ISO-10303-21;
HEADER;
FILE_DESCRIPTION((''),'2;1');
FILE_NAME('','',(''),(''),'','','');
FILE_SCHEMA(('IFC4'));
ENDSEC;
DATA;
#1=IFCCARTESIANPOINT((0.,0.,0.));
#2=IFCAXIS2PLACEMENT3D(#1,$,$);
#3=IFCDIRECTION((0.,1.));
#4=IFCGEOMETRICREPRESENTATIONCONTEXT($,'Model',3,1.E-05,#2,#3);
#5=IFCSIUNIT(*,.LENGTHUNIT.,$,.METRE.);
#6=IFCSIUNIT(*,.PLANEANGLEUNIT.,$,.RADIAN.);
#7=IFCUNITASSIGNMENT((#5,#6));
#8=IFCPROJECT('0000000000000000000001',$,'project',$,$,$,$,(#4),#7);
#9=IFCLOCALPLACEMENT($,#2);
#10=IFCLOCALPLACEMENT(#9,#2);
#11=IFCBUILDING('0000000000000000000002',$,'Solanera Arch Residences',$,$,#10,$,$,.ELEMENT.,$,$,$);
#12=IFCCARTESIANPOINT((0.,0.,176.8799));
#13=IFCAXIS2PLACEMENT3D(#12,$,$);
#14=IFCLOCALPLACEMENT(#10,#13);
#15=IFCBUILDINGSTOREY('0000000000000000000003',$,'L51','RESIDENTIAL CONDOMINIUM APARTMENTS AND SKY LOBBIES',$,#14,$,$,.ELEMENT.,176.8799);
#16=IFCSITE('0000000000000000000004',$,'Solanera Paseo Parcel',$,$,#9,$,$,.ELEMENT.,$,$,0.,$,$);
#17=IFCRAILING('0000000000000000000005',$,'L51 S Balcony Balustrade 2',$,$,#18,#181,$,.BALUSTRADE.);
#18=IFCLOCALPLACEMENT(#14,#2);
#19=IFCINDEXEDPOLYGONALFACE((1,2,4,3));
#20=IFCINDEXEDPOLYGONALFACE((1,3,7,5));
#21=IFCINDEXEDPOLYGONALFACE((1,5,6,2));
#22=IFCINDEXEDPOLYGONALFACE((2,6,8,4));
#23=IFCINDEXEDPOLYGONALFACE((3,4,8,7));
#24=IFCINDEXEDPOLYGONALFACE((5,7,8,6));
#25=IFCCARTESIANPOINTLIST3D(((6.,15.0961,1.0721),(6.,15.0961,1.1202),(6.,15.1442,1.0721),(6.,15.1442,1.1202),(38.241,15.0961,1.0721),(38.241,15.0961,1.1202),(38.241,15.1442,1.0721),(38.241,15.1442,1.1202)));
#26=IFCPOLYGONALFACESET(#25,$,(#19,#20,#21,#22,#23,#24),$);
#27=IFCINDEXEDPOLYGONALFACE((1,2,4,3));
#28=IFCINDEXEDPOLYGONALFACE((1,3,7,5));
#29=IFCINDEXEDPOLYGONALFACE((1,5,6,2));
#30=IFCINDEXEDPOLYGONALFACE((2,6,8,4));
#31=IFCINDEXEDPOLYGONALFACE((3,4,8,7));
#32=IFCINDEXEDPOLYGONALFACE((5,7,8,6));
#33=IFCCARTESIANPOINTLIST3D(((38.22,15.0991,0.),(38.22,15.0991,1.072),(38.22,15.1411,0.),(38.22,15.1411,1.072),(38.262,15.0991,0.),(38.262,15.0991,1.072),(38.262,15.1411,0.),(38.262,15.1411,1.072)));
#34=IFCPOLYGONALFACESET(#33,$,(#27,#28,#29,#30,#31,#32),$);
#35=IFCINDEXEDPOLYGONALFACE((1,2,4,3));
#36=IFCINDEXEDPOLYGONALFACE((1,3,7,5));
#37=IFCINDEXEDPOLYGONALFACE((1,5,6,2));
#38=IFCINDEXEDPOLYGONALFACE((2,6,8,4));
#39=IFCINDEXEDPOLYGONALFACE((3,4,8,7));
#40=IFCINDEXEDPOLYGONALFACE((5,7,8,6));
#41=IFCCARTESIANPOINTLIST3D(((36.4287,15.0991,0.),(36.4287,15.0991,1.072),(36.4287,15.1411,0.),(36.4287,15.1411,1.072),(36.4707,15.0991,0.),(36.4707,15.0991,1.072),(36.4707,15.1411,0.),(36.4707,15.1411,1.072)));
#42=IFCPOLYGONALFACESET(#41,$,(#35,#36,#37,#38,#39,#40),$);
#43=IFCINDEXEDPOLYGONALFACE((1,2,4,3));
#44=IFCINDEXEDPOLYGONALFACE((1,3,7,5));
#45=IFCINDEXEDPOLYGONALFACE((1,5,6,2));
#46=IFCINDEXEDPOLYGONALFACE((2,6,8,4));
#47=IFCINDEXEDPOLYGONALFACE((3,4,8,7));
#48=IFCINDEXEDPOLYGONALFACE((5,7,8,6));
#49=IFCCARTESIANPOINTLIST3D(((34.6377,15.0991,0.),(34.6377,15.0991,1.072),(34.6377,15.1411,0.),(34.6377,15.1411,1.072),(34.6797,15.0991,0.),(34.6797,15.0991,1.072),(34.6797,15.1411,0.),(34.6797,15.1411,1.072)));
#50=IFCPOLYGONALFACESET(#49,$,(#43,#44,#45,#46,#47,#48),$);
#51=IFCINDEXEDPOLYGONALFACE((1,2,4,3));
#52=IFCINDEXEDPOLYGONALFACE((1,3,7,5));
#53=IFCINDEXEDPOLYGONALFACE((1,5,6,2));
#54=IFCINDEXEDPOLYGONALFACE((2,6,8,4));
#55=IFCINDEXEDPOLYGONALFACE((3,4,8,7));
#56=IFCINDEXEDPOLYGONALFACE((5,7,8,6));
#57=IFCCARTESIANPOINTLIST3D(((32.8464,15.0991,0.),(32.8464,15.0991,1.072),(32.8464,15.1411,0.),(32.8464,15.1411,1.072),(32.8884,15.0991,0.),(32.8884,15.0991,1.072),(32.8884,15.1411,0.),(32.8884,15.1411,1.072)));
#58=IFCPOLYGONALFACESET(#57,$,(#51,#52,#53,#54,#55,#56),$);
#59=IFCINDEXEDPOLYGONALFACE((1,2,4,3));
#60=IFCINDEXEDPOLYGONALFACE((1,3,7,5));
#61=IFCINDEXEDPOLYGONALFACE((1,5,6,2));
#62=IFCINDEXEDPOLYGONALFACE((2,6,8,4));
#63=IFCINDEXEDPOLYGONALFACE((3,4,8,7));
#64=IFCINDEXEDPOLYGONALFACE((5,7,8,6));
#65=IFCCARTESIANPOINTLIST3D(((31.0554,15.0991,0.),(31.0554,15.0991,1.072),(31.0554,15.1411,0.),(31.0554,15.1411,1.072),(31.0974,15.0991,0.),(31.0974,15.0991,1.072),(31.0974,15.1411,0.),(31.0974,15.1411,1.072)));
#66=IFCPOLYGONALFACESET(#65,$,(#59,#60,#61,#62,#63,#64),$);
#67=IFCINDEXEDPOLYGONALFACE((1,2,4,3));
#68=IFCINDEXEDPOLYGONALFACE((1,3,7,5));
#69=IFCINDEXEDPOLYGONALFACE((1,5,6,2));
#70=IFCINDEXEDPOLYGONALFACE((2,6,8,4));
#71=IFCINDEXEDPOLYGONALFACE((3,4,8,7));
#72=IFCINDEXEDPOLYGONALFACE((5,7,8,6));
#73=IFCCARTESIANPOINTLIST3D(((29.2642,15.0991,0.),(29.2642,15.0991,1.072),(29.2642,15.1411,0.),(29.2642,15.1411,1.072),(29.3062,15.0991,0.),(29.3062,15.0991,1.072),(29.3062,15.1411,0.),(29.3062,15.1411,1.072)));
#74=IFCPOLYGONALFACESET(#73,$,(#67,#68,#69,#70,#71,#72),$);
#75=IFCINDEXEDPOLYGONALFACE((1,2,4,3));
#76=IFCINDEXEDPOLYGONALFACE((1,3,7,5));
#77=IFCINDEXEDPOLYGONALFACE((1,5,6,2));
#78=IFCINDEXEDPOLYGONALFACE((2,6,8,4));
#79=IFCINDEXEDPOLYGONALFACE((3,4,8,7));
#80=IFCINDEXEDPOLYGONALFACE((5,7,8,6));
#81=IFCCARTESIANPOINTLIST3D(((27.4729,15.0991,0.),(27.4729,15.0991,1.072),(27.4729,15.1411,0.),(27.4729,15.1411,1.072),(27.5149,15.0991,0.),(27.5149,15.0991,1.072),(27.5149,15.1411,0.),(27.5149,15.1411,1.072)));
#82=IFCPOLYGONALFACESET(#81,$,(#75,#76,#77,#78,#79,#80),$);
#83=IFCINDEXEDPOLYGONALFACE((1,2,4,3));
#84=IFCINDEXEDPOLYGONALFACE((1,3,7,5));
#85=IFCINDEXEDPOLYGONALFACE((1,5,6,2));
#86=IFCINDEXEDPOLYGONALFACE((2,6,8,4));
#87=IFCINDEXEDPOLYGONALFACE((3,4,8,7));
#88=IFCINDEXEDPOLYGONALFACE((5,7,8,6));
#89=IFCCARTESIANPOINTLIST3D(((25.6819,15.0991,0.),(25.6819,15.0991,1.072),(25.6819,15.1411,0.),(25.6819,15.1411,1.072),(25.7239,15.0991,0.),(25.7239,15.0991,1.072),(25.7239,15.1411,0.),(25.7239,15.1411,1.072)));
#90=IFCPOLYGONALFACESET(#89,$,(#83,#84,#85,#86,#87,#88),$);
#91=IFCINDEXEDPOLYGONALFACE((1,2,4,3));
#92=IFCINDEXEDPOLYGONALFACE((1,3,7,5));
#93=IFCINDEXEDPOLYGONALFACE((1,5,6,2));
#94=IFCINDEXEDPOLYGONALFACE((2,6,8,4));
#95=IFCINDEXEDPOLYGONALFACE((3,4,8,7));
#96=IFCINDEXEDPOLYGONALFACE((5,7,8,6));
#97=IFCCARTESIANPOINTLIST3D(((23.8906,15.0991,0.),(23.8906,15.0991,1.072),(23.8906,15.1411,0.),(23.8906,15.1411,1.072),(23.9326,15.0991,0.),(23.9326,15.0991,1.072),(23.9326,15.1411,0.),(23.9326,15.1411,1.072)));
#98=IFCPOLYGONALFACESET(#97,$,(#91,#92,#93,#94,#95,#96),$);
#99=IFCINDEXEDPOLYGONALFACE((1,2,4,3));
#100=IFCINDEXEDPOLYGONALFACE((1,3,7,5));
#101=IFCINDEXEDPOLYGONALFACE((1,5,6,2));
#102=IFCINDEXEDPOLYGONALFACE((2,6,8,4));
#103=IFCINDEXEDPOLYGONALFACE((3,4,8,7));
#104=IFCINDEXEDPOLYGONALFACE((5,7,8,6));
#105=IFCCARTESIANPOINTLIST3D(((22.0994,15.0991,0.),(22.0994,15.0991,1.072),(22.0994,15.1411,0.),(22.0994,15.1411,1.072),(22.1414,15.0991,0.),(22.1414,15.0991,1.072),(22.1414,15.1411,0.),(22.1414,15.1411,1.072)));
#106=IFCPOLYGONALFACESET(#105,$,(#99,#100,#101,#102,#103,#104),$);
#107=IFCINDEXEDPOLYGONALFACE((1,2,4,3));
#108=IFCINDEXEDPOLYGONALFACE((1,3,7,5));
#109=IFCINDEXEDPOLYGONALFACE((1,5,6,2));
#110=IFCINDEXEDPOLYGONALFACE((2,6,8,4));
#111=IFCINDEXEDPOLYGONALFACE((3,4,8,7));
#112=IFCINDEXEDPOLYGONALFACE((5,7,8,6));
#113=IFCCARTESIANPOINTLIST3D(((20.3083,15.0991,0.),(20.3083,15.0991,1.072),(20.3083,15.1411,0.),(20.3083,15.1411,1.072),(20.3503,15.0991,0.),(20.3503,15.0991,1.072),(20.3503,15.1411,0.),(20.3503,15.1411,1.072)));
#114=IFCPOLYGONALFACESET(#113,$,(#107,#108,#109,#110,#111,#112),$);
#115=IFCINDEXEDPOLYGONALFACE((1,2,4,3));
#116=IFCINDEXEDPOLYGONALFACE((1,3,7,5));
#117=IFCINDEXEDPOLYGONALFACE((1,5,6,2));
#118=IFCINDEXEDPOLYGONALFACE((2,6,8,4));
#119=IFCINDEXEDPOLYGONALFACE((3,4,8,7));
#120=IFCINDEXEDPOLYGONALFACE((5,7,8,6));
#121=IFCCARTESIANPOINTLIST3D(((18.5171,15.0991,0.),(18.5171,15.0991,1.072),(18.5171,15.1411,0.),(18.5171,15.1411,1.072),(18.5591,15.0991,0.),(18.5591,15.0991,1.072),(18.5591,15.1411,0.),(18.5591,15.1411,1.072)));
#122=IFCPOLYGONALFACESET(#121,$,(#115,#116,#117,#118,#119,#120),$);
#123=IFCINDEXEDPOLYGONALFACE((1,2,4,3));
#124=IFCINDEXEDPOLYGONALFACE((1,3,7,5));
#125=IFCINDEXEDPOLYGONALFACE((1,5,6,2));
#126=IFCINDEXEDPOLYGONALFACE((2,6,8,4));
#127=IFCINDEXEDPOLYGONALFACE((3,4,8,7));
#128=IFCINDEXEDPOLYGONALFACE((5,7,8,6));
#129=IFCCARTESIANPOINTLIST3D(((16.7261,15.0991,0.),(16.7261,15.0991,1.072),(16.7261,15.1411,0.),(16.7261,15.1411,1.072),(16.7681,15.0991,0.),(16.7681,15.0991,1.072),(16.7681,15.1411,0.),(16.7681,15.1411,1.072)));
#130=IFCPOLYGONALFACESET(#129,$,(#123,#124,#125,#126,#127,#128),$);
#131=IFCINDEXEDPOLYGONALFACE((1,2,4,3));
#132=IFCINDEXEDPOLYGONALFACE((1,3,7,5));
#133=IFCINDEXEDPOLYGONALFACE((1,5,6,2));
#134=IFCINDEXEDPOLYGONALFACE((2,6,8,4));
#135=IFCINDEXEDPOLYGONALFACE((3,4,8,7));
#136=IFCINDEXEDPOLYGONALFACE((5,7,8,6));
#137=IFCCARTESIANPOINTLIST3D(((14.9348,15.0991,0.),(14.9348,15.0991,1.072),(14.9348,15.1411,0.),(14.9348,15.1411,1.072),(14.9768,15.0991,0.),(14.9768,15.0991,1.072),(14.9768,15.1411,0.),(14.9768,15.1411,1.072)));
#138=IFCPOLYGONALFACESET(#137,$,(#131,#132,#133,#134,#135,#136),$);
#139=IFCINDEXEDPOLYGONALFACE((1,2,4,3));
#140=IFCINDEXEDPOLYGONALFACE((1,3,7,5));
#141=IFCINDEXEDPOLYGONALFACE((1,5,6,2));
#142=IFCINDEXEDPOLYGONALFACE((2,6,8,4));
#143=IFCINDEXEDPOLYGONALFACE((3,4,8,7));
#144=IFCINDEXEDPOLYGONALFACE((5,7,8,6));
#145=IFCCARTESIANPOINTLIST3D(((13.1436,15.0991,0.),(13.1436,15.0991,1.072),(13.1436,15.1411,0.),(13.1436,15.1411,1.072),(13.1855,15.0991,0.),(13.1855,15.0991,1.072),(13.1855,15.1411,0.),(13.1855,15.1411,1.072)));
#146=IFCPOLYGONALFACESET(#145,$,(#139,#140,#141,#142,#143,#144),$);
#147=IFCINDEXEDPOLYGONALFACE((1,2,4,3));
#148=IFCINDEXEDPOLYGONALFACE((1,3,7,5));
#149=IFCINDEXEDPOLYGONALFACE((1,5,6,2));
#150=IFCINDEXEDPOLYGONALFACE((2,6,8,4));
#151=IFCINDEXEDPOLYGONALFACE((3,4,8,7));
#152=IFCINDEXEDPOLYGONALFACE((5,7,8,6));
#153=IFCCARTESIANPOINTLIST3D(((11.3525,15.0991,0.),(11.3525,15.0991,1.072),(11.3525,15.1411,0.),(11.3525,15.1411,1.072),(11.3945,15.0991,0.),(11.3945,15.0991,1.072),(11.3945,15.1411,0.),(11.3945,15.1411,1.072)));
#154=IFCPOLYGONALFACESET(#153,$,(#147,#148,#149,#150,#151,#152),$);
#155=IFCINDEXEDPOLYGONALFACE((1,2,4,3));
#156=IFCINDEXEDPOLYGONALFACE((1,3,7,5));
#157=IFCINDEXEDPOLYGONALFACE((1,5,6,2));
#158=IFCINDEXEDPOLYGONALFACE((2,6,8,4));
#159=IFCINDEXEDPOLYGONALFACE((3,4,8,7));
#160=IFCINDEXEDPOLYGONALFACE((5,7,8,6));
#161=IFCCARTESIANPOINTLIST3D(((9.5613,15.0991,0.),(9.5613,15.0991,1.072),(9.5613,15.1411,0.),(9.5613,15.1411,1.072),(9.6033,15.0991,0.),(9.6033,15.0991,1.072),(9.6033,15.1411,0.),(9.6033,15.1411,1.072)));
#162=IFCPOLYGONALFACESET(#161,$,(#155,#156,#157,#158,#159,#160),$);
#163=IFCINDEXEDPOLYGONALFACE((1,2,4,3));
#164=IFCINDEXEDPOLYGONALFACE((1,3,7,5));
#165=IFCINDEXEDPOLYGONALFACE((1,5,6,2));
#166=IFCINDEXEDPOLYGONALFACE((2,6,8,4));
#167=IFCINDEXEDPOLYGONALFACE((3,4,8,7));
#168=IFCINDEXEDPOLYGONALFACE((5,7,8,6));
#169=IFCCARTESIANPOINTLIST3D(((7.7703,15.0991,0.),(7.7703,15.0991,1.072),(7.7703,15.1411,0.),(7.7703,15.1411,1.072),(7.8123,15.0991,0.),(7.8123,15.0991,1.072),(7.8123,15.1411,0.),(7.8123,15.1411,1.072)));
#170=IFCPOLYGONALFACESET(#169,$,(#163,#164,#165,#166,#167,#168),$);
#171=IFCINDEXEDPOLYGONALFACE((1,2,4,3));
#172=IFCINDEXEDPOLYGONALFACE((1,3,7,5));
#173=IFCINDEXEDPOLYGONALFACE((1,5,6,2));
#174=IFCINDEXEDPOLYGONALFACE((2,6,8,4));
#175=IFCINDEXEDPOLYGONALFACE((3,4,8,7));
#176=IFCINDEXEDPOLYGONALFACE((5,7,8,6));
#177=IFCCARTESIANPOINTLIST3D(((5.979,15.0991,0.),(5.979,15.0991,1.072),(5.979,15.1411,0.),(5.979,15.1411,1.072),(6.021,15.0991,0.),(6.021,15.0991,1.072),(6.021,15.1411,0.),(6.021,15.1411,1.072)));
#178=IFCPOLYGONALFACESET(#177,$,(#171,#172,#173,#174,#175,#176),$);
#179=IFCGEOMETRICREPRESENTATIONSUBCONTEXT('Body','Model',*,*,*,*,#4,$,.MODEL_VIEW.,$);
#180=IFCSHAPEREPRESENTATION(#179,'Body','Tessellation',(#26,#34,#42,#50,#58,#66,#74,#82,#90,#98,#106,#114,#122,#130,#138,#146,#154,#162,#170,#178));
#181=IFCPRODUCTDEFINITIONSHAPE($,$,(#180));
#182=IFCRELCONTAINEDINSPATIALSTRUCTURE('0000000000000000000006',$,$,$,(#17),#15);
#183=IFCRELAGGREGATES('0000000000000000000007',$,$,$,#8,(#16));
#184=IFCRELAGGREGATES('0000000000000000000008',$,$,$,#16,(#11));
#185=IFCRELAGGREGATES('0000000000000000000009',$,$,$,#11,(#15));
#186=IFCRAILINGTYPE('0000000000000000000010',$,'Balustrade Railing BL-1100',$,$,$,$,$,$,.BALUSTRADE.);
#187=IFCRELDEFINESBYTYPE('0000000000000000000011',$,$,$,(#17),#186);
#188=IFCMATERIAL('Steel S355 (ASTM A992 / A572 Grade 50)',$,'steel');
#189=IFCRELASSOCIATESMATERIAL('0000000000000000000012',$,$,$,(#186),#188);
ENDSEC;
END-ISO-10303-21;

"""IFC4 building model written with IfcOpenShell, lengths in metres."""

from ifc_helpers import new_model, si_unit, direction, frame, origin, origin_2d, place, context, subcontext, project, spatial, rectangle, extrude, material, type_object, element, save


model = new_model("IFC4")

# Units and contexts
model_context = context("Model", 3, precision=1e-05, world=origin(), true_north=direction((0.0, 1.0)))
body_context = subcontext(model_context, "Body", "Model", "MODEL_VIEW")
ifc_project = project(units=[si_unit("LENGTHUNIT", "METRE"), si_unit("PLANEANGLEUNIT", "RADIAN")], contexts=[model_context])

# Site, building, storey
site_placement = place(None, origin())
site = spatial("IfcSite", under=ifc_project, at=site_placement, Name="Solanera Paseo Parcel", CompositionType="ELEMENT", RefElevation=0.0)
building_placement = place(site_placement, origin())
building = spatial("IfcBuilding", under=site, at=building_placement, Name="Solanera Arch Residences", CompositionType="ELEMENT")
storey_placement = place(building_placement, frame((0.0, 0.0, 176.8799)))
storey = spatial("IfcBuildingStorey", under=building, at=storey_placement, Name="L51", Description="RESIDENTIAL CONDOMINIUM APARTMENTS AND SKY LOBBIES", CompositionType="ELEMENT", Elevation=176.8799)

# Railing
ifc_material_1 = material(Name="Steel S355 (ASTM A992 / A572 Grade 50)", Category="steel")
railing_type = type_object("IfcRailingType", Name="Balustrade Railing BL-1100", PredefinedType="BALUSTRADE", material=ifc_material_1)
railing_1_placement = place(storey_placement, frame((38.241, 15.1201, 0.0)))
element("IfcRailing", 1, at=railing_1_placement, inside=storey, type_object=railing_type, Name="L51 S Balcony Balustrade 2", PredefinedType="BALUSTRADE", context=body_context, shape_type="SweptSolid", body=[
    extrude(rectangle(XDim=0.0481, YDim=0.0481, at=origin_2d()), frame((0.0, 0.0, 1.0962), z_axis=(-1.0, 0.0, 0.0), x_axis=(0.0, -1.0, 0.0)), (0.0, 0.0, 1.0), 32.241),
    extrude(rectangle(XDim=0.042, YDim=0.042, at=origin_2d()), origin(), (0.0, 0.0, 1.0), 1.072),
    extrude(rectangle(XDim=0.042, YDim=0.042, at=origin_2d()), frame((-1.7913, 0.0, 0.0)), (0.0, 0.0, 1.0), 1.072),
    extrude(rectangle(XDim=0.042, YDim=0.042, at=origin_2d()), frame((-3.5823, 0.0, 0.0)), (0.0, 0.0, 1.0), 1.072),
    extrude(rectangle(XDim=0.042, YDim=0.042, at=origin_2d()), frame((-5.3735, 0.0, 0.0)), (0.0, 0.0, 1.0), 1.072),
    extrude(rectangle(XDim=0.042, YDim=0.042, at=origin_2d()), frame((-7.1646, 0.0, 0.0)), (0.0, 0.0, 1.0), 1.072),
    extrude(rectangle(XDim=0.042, YDim=0.042, at=origin_2d()), frame((-8.9558, 0.0, 0.0)), (0.0, 0.0, 1.0), 1.072),
    extrude(rectangle(XDim=0.042, YDim=0.042, at=origin_2d()), frame((-10.7471, 0.0, 0.0)), (0.0, 0.0, 1.0), 1.072),
    extrude(rectangle(XDim=0.042, YDim=0.042, at=origin_2d()), frame((-12.5381, 0.0, 0.0)), (0.0, 0.0, 1.0), 1.072),
    extrude(rectangle(XDim=0.042, YDim=0.042, at=origin_2d()), frame((-14.3293, 0.0, 0.0)), (0.0, 0.0, 1.0), 1.072),
    extrude(rectangle(XDim=0.042, YDim=0.042, at=origin_2d()), frame((-16.1206, 0.0, 0.0)), (0.0, 0.0, 1.0), 1.072),
    extrude(rectangle(XDim=0.042, YDim=0.042, at=origin_2d()), frame((-17.9116, 0.0, 0.0)), (0.0, 0.0, 1.0), 1.072),
    extrude(rectangle(XDim=0.042, YDim=0.042, at=origin_2d()), frame((-19.7029, 0.0, 0.0)), (0.0, 0.0, 1.0), 1.072),
    extrude(rectangle(XDim=0.042, YDim=0.042, at=origin_2d()), frame((-21.4939, 0.0, 0.0)), (0.0, 0.0, 1.0), 1.072),
    extrude(rectangle(XDim=0.042, YDim=0.042, at=origin_2d()), frame((-23.2852, 0.0, 0.0)), (0.0, 0.0, 1.0), 1.072),
    extrude(rectangle(XDim=0.042, YDim=0.042, at=origin_2d()), frame((-25.0764, 0.0, 0.0)), (0.0, 0.0, 1.0), 1.072),
    extrude(rectangle(XDim=0.042, YDim=0.042, at=origin_2d()), frame((-26.8674, 0.0, 0.0)), (0.0, 0.0, 1.0), 1.072),
    extrude(rectangle(XDim=0.042, YDim=0.042, at=origin_2d()), frame((-28.6587, 0.0, 0.0)), (0.0, 0.0, 1.0), 1.072),
    extrude(rectangle(XDim=0.042, YDim=0.042, at=origin_2d()), frame((-30.4497, 0.0, 0.0)), (0.0, 0.0, 1.0), 1.072),
    extrude(rectangle(XDim=0.042, YDim=0.042, at=origin_2d()), frame((-32.241, 0.0, 0.0)), (0.0, 0.0, 1.0), 1.072),
])

save(model, "model.ifc")
